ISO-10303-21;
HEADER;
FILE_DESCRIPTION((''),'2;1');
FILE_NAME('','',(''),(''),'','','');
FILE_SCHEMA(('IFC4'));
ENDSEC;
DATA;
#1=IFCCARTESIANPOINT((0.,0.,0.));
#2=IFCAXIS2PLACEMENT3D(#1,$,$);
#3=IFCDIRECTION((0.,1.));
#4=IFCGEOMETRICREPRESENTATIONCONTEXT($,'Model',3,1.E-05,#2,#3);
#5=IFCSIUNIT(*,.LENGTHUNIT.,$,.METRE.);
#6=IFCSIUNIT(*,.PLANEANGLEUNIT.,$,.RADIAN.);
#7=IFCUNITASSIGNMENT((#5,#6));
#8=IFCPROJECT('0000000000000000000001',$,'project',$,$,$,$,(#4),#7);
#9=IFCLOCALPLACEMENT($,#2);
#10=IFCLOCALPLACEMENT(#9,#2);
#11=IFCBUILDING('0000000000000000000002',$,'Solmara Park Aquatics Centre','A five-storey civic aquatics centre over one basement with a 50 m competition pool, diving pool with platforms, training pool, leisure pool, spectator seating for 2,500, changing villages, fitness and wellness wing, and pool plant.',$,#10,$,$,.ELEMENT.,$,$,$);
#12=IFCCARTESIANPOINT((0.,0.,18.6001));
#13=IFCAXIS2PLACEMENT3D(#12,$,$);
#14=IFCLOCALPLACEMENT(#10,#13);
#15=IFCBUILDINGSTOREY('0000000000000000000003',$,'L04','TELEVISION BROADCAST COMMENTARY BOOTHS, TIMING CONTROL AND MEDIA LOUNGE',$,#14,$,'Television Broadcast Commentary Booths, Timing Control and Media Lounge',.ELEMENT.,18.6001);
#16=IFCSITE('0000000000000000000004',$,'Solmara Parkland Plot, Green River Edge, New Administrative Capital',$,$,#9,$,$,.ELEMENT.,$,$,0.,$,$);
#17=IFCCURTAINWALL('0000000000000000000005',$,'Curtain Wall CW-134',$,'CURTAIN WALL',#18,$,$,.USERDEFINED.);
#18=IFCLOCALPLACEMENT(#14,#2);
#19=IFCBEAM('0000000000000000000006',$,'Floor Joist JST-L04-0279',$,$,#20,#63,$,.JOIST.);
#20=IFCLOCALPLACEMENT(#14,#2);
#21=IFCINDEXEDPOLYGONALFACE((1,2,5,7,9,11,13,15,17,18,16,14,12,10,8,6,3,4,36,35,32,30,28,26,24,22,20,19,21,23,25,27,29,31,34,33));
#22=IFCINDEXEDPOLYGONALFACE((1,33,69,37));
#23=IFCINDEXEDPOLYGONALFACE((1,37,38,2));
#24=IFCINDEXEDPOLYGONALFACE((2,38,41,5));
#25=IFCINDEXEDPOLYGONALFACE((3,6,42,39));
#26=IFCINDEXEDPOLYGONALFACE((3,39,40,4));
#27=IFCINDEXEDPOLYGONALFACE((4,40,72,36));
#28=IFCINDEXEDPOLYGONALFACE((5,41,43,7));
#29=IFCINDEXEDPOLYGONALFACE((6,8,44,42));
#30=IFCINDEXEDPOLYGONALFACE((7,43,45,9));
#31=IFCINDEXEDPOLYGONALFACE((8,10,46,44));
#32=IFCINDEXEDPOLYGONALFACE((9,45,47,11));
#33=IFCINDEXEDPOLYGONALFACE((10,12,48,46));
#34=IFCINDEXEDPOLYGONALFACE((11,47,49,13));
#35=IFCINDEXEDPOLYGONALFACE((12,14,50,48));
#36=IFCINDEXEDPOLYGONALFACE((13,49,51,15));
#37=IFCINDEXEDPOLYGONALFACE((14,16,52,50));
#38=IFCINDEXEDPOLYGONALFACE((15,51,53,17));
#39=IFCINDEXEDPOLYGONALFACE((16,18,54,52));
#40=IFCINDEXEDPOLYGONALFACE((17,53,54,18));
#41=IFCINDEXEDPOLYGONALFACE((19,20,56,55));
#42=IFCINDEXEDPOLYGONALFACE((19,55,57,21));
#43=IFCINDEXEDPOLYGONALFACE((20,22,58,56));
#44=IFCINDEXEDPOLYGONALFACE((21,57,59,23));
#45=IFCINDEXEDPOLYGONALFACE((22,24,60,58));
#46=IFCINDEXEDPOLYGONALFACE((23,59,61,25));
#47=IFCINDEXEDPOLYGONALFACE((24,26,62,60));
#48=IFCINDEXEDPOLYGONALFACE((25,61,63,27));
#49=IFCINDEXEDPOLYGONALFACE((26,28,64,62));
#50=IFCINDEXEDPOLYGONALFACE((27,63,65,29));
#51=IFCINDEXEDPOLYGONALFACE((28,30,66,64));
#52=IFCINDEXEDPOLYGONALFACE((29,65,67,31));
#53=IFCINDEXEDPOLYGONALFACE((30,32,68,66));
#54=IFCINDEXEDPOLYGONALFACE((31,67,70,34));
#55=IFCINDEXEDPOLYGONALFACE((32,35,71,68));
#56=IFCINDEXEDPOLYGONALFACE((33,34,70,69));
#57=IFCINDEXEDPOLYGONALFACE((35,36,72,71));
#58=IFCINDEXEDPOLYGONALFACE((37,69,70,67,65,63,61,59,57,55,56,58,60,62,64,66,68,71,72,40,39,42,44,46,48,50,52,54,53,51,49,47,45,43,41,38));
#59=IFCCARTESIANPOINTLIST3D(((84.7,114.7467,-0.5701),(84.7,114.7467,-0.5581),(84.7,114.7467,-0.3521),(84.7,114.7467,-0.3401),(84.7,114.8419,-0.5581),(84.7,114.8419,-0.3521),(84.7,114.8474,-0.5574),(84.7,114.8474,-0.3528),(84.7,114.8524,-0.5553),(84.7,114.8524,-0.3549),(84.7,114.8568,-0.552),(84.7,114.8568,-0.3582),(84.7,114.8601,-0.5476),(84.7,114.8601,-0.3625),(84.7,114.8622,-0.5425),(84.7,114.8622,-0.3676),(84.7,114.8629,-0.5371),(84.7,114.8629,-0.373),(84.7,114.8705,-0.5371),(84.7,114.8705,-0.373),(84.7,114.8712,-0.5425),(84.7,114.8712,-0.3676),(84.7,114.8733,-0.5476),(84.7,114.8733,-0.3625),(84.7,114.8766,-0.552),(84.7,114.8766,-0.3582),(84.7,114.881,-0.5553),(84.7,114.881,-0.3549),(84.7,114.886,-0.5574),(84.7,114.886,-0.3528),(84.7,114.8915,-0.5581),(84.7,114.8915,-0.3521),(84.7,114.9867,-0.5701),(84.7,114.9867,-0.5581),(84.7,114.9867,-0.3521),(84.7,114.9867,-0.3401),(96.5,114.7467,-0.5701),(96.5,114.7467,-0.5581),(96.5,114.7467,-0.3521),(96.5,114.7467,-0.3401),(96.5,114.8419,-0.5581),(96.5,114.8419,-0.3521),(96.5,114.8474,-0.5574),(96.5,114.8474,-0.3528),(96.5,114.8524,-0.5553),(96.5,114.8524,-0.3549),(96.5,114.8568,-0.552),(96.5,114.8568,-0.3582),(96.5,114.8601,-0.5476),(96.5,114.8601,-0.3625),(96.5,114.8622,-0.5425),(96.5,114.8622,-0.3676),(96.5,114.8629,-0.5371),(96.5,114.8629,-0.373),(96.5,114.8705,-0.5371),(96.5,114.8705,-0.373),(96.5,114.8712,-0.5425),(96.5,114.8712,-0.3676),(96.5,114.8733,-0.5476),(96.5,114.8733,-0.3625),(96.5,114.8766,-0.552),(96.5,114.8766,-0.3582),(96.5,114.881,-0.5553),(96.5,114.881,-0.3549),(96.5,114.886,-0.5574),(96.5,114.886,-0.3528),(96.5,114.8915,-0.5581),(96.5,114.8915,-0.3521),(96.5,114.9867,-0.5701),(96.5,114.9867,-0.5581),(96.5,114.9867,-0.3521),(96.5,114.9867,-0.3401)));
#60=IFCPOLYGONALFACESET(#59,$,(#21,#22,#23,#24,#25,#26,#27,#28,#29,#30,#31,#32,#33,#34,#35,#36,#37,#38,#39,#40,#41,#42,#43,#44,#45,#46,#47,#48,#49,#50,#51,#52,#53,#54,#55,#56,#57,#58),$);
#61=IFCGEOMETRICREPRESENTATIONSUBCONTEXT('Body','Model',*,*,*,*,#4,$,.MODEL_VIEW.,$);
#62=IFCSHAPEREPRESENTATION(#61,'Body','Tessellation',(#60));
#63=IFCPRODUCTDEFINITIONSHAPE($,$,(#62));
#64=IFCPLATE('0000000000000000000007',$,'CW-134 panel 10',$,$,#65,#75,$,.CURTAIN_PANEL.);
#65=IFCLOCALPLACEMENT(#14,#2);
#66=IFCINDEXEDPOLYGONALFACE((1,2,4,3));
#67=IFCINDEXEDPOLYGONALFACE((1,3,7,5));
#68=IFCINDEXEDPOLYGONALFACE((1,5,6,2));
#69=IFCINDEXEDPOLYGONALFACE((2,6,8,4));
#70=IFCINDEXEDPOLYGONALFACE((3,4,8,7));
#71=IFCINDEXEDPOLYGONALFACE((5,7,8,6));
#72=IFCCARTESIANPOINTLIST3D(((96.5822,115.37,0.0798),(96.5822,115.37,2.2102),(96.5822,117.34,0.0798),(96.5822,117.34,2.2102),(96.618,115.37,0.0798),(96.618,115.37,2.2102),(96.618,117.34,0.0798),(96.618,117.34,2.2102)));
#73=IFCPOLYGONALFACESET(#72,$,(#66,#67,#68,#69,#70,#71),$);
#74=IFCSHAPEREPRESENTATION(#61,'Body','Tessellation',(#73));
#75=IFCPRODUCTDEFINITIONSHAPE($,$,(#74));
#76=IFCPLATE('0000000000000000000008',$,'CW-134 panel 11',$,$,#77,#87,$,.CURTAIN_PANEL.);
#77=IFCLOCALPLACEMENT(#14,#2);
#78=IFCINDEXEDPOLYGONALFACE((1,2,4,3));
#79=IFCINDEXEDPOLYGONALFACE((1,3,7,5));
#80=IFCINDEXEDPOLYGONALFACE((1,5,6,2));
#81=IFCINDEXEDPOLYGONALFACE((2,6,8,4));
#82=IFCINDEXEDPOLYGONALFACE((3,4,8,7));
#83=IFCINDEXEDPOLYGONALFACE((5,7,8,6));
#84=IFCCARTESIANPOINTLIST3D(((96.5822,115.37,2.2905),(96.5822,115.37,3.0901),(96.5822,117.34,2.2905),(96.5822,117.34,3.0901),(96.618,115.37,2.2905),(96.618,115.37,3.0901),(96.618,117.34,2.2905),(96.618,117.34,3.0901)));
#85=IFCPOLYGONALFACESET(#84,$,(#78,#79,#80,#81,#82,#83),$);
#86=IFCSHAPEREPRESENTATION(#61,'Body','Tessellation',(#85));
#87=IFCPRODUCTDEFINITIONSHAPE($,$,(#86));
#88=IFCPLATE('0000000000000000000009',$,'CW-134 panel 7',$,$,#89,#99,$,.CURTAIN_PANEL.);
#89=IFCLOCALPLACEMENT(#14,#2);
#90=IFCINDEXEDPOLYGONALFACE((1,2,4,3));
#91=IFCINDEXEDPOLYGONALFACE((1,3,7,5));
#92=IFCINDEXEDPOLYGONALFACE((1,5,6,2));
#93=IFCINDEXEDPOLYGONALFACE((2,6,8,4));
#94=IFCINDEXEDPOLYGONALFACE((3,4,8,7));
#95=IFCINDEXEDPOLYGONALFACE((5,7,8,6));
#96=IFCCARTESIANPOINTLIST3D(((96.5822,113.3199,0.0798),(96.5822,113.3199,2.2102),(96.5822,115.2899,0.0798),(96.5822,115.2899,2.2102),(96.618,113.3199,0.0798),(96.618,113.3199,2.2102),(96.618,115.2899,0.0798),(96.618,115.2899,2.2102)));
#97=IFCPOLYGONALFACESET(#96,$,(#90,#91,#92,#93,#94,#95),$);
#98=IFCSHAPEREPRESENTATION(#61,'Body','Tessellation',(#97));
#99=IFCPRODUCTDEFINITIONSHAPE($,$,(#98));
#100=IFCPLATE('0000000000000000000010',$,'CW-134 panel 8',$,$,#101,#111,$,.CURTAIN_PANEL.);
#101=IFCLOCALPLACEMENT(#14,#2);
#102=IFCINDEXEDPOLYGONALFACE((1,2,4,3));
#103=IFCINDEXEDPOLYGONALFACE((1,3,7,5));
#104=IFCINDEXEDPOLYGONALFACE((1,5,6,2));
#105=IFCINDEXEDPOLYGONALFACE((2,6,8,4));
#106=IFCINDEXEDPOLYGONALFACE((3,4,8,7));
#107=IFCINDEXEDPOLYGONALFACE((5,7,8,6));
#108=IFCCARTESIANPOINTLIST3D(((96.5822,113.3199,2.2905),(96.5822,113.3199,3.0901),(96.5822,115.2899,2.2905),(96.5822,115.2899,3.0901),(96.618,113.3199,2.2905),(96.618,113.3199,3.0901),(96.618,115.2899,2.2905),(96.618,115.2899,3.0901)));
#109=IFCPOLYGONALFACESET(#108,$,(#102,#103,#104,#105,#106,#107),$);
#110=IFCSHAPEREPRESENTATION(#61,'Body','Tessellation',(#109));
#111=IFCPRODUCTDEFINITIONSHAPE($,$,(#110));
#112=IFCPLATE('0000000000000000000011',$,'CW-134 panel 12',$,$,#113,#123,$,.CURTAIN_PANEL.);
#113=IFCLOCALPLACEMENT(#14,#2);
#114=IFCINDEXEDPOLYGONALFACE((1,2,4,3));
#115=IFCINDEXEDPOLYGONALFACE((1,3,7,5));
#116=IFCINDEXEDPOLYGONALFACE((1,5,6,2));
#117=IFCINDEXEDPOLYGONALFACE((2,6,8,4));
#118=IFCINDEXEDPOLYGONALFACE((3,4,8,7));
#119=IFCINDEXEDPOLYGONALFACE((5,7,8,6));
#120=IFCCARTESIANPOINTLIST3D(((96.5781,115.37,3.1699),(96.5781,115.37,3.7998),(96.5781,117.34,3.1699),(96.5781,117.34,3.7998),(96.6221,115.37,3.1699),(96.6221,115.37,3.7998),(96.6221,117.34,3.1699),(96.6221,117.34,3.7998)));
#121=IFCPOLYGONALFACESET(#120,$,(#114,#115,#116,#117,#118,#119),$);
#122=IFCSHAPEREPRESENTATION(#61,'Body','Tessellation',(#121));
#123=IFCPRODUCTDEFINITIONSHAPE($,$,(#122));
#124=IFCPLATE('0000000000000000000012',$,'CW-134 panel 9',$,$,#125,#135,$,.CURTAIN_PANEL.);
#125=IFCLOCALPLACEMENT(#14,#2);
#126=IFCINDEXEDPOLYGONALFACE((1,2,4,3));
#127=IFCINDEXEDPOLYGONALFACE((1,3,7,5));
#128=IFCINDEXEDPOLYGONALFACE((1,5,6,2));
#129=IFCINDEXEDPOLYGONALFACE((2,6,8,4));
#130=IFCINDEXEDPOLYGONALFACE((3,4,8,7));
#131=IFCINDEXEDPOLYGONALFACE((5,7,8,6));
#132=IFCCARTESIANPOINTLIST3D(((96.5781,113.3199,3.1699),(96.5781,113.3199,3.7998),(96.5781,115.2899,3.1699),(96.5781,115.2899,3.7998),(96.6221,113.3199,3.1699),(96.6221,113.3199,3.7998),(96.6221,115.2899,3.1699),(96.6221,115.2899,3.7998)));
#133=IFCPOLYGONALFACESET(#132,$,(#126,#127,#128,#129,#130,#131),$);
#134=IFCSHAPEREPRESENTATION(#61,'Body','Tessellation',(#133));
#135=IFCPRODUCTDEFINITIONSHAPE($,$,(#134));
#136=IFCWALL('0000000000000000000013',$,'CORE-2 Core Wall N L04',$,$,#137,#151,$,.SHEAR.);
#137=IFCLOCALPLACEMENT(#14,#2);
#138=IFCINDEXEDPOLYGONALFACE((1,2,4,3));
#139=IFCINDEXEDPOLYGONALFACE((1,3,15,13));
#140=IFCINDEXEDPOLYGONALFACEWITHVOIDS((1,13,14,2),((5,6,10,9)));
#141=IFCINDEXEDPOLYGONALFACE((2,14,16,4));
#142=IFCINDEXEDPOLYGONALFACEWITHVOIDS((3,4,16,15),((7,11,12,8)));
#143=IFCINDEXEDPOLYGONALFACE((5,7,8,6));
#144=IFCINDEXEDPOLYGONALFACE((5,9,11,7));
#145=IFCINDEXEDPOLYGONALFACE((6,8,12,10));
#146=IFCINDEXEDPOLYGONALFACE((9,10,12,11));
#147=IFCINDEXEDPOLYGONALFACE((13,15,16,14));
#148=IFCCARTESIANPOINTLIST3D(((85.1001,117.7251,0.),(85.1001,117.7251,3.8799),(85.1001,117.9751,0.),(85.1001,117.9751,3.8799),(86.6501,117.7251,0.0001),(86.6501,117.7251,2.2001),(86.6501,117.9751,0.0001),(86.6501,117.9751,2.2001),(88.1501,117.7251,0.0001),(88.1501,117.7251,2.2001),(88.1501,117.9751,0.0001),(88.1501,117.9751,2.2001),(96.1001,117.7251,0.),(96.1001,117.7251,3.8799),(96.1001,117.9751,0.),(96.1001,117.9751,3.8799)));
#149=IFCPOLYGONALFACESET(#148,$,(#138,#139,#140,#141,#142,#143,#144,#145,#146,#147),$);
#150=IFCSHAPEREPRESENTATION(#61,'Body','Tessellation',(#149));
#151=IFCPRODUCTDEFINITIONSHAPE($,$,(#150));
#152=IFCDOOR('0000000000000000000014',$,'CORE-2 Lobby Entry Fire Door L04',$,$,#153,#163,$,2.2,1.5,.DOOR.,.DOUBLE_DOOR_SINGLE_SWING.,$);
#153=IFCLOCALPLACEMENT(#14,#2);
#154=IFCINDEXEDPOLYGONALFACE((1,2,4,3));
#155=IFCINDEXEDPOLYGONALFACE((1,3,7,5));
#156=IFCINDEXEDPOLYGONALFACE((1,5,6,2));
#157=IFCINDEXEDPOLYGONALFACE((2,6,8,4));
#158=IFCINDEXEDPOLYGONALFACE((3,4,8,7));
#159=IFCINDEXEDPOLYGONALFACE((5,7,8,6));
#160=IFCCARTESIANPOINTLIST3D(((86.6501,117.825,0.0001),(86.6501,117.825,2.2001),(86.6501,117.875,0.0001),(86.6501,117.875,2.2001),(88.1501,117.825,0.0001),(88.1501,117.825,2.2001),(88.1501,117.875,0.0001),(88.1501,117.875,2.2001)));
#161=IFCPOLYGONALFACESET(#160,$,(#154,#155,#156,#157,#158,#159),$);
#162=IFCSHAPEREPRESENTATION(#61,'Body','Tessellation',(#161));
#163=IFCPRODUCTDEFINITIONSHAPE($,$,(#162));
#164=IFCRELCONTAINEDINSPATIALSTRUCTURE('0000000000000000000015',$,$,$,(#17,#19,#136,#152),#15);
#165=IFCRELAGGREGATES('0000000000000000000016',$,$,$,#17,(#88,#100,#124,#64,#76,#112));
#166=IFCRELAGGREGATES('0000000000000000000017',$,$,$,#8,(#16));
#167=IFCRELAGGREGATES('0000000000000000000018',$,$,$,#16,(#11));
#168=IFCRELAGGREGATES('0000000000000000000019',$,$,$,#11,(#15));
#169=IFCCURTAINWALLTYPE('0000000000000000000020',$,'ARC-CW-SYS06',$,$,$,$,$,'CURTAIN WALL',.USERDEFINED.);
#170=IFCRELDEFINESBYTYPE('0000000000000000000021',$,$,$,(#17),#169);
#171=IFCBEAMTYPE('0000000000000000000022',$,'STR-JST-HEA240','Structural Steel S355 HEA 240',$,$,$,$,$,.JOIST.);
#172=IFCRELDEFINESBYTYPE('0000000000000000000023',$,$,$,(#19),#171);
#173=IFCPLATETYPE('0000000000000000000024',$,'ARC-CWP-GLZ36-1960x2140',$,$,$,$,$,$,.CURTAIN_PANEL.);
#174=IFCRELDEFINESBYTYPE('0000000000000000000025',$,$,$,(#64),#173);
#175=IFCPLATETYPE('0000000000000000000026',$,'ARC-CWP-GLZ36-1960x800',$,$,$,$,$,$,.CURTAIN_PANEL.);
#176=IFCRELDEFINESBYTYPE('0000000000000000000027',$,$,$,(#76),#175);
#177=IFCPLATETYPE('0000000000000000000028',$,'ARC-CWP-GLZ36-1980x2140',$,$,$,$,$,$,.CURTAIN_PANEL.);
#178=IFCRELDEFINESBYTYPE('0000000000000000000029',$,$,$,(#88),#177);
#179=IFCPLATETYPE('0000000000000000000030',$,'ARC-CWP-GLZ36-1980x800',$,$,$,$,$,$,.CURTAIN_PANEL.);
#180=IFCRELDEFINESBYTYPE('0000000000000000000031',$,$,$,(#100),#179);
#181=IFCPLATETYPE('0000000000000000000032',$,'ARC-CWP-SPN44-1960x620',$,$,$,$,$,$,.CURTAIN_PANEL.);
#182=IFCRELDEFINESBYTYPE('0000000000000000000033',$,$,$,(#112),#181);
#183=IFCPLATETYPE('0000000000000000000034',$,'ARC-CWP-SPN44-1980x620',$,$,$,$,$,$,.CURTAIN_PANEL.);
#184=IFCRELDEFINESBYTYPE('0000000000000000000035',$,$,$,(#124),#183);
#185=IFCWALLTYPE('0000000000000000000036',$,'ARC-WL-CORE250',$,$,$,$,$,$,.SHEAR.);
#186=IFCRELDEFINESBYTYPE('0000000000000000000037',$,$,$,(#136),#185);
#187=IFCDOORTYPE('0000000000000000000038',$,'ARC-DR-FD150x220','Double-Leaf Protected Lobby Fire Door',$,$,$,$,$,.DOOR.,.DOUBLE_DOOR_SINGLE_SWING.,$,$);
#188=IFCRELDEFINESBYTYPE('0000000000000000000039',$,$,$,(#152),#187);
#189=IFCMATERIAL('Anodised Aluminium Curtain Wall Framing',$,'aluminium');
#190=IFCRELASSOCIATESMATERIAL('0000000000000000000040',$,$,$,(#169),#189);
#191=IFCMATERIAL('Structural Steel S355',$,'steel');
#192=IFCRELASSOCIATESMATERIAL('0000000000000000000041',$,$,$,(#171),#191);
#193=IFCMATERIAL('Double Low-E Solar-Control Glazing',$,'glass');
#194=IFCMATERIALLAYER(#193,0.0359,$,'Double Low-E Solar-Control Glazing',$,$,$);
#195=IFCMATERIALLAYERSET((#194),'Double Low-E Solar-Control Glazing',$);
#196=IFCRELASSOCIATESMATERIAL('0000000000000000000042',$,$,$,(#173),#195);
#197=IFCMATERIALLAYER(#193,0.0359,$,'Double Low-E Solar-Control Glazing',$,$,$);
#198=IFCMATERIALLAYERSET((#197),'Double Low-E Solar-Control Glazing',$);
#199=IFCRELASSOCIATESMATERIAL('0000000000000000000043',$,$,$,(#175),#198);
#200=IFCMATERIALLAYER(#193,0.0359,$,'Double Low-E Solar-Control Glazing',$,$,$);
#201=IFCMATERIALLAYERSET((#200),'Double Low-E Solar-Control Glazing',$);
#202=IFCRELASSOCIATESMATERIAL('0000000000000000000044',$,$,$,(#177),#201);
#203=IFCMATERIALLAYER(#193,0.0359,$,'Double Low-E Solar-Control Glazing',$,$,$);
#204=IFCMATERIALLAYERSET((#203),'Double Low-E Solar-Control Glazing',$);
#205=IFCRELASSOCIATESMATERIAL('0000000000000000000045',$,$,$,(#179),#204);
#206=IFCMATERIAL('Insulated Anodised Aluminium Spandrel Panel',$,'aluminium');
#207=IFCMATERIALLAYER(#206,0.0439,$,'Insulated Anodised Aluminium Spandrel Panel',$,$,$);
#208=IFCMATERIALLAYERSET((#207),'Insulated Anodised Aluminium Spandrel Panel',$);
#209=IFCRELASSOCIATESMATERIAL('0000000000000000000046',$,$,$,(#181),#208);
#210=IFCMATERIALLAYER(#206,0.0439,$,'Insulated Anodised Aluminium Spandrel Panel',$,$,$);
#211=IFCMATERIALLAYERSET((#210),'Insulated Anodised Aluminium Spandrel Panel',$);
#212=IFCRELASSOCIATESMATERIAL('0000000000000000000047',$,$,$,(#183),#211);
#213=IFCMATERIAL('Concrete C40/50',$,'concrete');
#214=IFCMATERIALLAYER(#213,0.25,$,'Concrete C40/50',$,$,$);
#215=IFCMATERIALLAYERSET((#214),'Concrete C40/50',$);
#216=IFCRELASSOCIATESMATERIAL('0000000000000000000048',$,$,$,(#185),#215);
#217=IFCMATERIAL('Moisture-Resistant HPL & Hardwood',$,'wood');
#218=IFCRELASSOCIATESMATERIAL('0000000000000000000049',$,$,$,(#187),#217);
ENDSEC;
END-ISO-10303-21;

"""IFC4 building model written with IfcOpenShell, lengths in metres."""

from ifc_helpers import new_model, si_unit, direction, frame, frame_2d, origin, origin_2d, place, context, subcontext, project, spatial, rectangle, i_section, extrude, material, layer, layer_set, material_profile, profile_set, type_object, element, fill, aggregate, save


model = new_model("IFC4")

# Units and contexts
model_context = context("Model", 3, precision=1e-05, world=origin(), true_north=direction((0.0, 1.0)))
body_context = subcontext(model_context, "Body", "Model", "MODEL_VIEW")
ifc_project = project(units=[si_unit("LENGTHUNIT", "METRE"), si_unit("PLANEANGLEUNIT", "RADIAN")], contexts=[model_context])

# Site, building, storey
site_placement = place(None, origin())
site = spatial("IfcSite", under=ifc_project, at=site_placement, Name="Solmara Parkland Plot, Green River Edge, New Administrative Capital", CompositionType="ELEMENT", RefElevation=0.0)
building_placement = place(site_placement, origin())
building = spatial("IfcBuilding", under=site, at=building_placement, Name="Solmara Park Aquatics Centre", Description="A five-storey civic aquatics centre over one basement with a 50 m competition pool, diving pool with platforms, training pool, leisure pool, spectator seating for 2,500, changing villages, fitness and wellness wing, and pool plant.", CompositionType="ELEMENT")
storey_placement = place(building_placement, frame((0.0, 0.0, 18.6001)))
storey = spatial("IfcBuildingStorey", under=building, at=storey_placement, Name="L04", Description="TELEVISION BROADCAST COMMENTARY BOOTHS, TIMING CONTROL AND MEDIA LOUNGE", LongName="Television Broadcast Commentary Booths, Timing Control and Media Lounge", CompositionType="ELEMENT", Elevation=18.6001)

# Curtain wall
ifc_material_1 = material(Name="Anodised Aluminium Curtain Wall Framing", Category="aluminium")
curtain_wall_type = type_object("IfcCurtainWallType", Name="ARC-CW-SYS06", ElementType="CURTAIN WALL", PredefinedType="USERDEFINED", material=ifc_material_1)
curtain_wall_placement = place(storey_placement, origin())
curtain_wall = element("IfcCurtainWall", 1, at=curtain_wall_placement, inside=storey, type_object=curtain_wall_type, Name="Curtain Wall CW-134", ObjectType="CURTAIN WALL", PredefinedType="USERDEFINED")

# Beam
ifc_material_2 = material(Name="Structural Steel S355", Category="steel")
ifc_material_profile_1 = material_profile(ifc_material_2, i_section(OverallWidth=0.24, OverallDepth=0.23, WebThickness=0.0076, FlangeThickness=0.012, FilletRadius=0.021, at=origin_2d()), Name="HEA 240")
ifc_profile_set_1 = profile_set([ifc_material_profile_1], Name="Structural Steel S355")
beam_type_1 = type_object("IfcBeamType", Name="STR-JST-HEA240", Description="Structural Steel S355 HEA 240", PredefinedType="JOIST", material=ifc_profile_set_1)
beam_placement = place(storey_placement, frame((84.7, 114.8667, -0.4551), z_axis=(1.0, 0.0, 0.0), x_axis=(0.0, 1.0, 0.0)))
element("IfcBeam", 2, at=beam_placement, inside=storey, type_object=beam_type_1, Name="Floor Joist JST-L04-0279", PredefinedType="JOIST", context=body_context, shape_type="SweptSolid", body=[
    extrude(i_section(OverallWidth=0.24, OverallDepth=0.23, WebThickness=0.0076, FlangeThickness=0.012, FilletRadius=0.021, at=origin_2d()), origin(), (0.0, 0.0, 1.0), 11.8),
])

# Plates
ifc_material_3 = material(Name="Double Low-E Solar-Control Glazing", Category="glass")
ifc_layer_1 = layer(ifc_material_3, 0.0359, Name="Double Low-E Solar-Control Glazing")
ifc_layer_set_1 = layer_set([ifc_layer_1], Name="Double Low-E Solar-Control Glazing")
plate_type_1 = type_object("IfcPlateType", Name="ARC-CWP-GLZ36-1960x2140", PredefinedType="CURTAIN_PANEL", material=ifc_layer_set_1)
plate_1_placement = place(storey_placement, frame((96.6001, 116.355, 0.0798), z_axis=(0.0, 0.0, 1.0), x_axis=(0.0, 1.0, 0.0)))
plate_1 = element("IfcPlate", 3, at=plate_1_placement, type_object=plate_type_1, Name="CW-134 panel 10", PredefinedType="CURTAIN_PANEL", context=body_context, shape_type="SweptSolid", body=[
    extrude(rectangle(XDim=1.97, YDim=0.0359, at=origin_2d()), origin(), (0.0, 0.0, 1.0), 2.1304),
])
ifc_layer_2 = layer(ifc_material_3, 0.0359, Name="Double Low-E Solar-Control Glazing")
ifc_layer_set_2 = layer_set([ifc_layer_2], Name="Double Low-E Solar-Control Glazing")
plate_type_2 = type_object("IfcPlateType", Name="ARC-CWP-GLZ36-1960x800", PredefinedType="CURTAIN_PANEL", material=ifc_layer_set_2)
plate_2_placement = place(storey_placement, frame((96.6001, 116.355, 2.2905), z_axis=(0.0, 0.0, 1.0), x_axis=(0.0, 1.0, 0.0)))
plate_2 = element("IfcPlate", 4, at=plate_2_placement, type_object=plate_type_2, Name="CW-134 panel 11", PredefinedType="CURTAIN_PANEL", context=body_context, shape_type="SweptSolid", body=[
    extrude(rectangle(XDim=1.97, YDim=0.0359, at=origin_2d()), origin(), (0.0, 0.0, 1.0), 0.7996),
])
ifc_layer_3 = layer(ifc_material_3, 0.0359, Name="Double Low-E Solar-Control Glazing")
ifc_layer_set_3 = layer_set([ifc_layer_3], Name="Double Low-E Solar-Control Glazing")
plate_type_3 = type_object("IfcPlateType", Name="ARC-CWP-GLZ36-1980x2140", PredefinedType="CURTAIN_PANEL", material=ifc_layer_set_3)
plate_3_placement = place(storey_placement, frame((96.6001, 114.3049, 0.0798), z_axis=(0.0, 0.0, 1.0), x_axis=(0.0, 1.0, 0.0)))
plate_3 = element("IfcPlate", 5, at=plate_3_placement, type_object=plate_type_3, Name="CW-134 panel 7", PredefinedType="CURTAIN_PANEL", context=body_context, shape_type="SweptSolid", body=[
    extrude(rectangle(XDim=1.97, YDim=0.0359, at=origin_2d()), origin(), (0.0, 0.0, 1.0), 2.1304),
])
ifc_layer_4 = layer(ifc_material_3, 0.0359, Name="Double Low-E Solar-Control Glazing")
ifc_layer_set_4 = layer_set([ifc_layer_4], Name="Double Low-E Solar-Control Glazing")
plate_type_4 = type_object("IfcPlateType", Name="ARC-CWP-GLZ36-1980x800", PredefinedType="CURTAIN_PANEL", material=ifc_layer_set_4)
plate_4_placement = place(storey_placement, frame((96.6001, 114.3049, 2.2905), z_axis=(0.0, 0.0, 1.0), x_axis=(0.0, 1.0, 0.0)))
plate_4 = element("IfcPlate", 6, at=plate_4_placement, type_object=plate_type_4, Name="CW-134 panel 8", PredefinedType="CURTAIN_PANEL", context=body_context, shape_type="SweptSolid", body=[
    extrude(rectangle(XDim=1.97, YDim=0.0359, at=origin_2d()), origin(), (0.0, 0.0, 1.0), 0.7996),
])
ifc_material_4 = material(Name="Insulated Anodised Aluminium Spandrel Panel", Category="aluminium")
ifc_layer_5 = layer(ifc_material_4, 0.0439, Name="Insulated Anodised Aluminium Spandrel Panel")
ifc_layer_set_5 = layer_set([ifc_layer_5], Name="Insulated Anodised Aluminium Spandrel Panel")
plate_type_5 = type_object("IfcPlateType", Name="ARC-CWP-SPN44-1960x620", PredefinedType="CURTAIN_PANEL", material=ifc_layer_set_5)
plate_5_placement = place(storey_placement, frame((96.6001, 116.355, 3.1699), z_axis=(0.0, 0.0, 1.0), x_axis=(0.0, 1.0, 0.0)))
plate_5 = element("IfcPlate", 7, at=plate_5_placement, type_object=plate_type_5, Name="CW-134 panel 12", PredefinedType="CURTAIN_PANEL", context=body_context, shape_type="SweptSolid", body=[
    extrude(rectangle(XDim=1.97, YDim=0.0439, at=origin_2d()), origin(), (0.0, 0.0, 1.0), 0.6299),
])
ifc_layer_6 = layer(ifc_material_4, 0.0439, Name="Insulated Anodised Aluminium Spandrel Panel")
ifc_layer_set_6 = layer_set([ifc_layer_6], Name="Insulated Anodised Aluminium Spandrel Panel")
plate_type_6 = type_object("IfcPlateType", Name="ARC-CWP-SPN44-1980x620", PredefinedType="CURTAIN_PANEL", material=ifc_layer_set_6)
plate_6_placement = place(storey_placement, frame((96.6001, 114.3049, 3.1699), z_axis=(0.0, 0.0, 1.0), x_axis=(0.0, 1.0, 0.0)))
plate_6 = element("IfcPlate", 8, at=plate_6_placement, type_object=plate_type_6, Name="CW-134 panel 9", PredefinedType="CURTAIN_PANEL", context=body_context, shape_type="SweptSolid", body=[
    extrude(rectangle(XDim=1.97, YDim=0.0439, at=origin_2d()), origin(), (0.0, 0.0, 1.0), 0.6299),
])
aggregate(curtain_wall, [plate_3, plate_4, plate_6, plate_1, plate_2, plate_5])

# Wall, opening, door
ifc_material_5 = material(Name="Concrete C40/50", Category="concrete")
ifc_layer_7 = layer(ifc_material_5, 0.25, Name="Concrete C40/50")
ifc_layer_set_7 = layer_set([ifc_layer_7], Name="Concrete C40/50")
wall_type_1 = type_object("IfcWallType", Name="ARC-WL-CORE250", PredefinedType="SHEAR", material=ifc_layer_set_7)
wall_1_placement = place(storey_placement, frame((85.1001, 117.8501, 0.0), z_axis=(0.0, 0.0, 1.0), x_axis=(1.0, 0.0, 0.0)))
wall_1 = element("IfcWall", 9, at=wall_1_placement, inside=storey, type_object=wall_type_1, Name="CORE-2 Core Wall N L04", PredefinedType="SHEAR", context=body_context, shape_type="SweptSolid", body=[
    extrude(rectangle(XDim=11.0, YDim=0.25, at=frame_2d((5.5, 0.0))), origin(), (0.0, 0.0, 1.0), 3.8799),
])
opening_1_placement = place(wall_1_placement, frame((1.55, 0.0, 0.0)))
opening_1 = element("IfcOpeningElement", 10, at=opening_1_placement, cuts=wall_1, PredefinedType="OPENING", context=body_context, shape_type="SweptSolid", body=[
    extrude(rectangle(XDim=1.5, YDim=2.2, at=frame_2d((0.75, 1.1001))), frame((0.0, 0.135, 0.0), z_axis=(0.0, -1.0, 0.0), x_axis=(1.0, 0.0, 0.0)), (0.0, 0.0, 1.0), 0.27),
])
ifc_material_6 = material(Name="Moisture-Resistant HPL & Hardwood", Category="wood")
door_type_1 = type_object("IfcDoorType", Name="ARC-DR-FD150x220", Description="Double-Leaf Protected Lobby Fire Door", OperationType="DOUBLE_DOOR_SINGLE_SWING", PredefinedType="DOOR", material=ifc_material_6)
door_1_placement = place(opening_1_placement, origin())
door_1 = element("IfcDoor", 11, at=door_1_placement, inside=storey, type_object=door_type_1, Name="CORE-2 Lobby Entry Fire Door L04", OperationType="DOUBLE_DOOR_SINGLE_SWING", OverallHeight=2.2, OverallWidth=1.5, PredefinedType="DOOR", context=body_context, shape_type="SweptSolid", body=[
    extrude(rectangle(XDim=1.5, YDim=2.2, at=frame_2d((0.75, 1.1001))), frame((0.0, 0.0249, 0.0), z_axis=(0.0, -1.0, 0.0), x_axis=(1.0, 0.0, 0.0)), (0.0, 0.0, 1.0), 0.05),
])
fill(opening_1, door_1)

save(model, "model.ifc")
